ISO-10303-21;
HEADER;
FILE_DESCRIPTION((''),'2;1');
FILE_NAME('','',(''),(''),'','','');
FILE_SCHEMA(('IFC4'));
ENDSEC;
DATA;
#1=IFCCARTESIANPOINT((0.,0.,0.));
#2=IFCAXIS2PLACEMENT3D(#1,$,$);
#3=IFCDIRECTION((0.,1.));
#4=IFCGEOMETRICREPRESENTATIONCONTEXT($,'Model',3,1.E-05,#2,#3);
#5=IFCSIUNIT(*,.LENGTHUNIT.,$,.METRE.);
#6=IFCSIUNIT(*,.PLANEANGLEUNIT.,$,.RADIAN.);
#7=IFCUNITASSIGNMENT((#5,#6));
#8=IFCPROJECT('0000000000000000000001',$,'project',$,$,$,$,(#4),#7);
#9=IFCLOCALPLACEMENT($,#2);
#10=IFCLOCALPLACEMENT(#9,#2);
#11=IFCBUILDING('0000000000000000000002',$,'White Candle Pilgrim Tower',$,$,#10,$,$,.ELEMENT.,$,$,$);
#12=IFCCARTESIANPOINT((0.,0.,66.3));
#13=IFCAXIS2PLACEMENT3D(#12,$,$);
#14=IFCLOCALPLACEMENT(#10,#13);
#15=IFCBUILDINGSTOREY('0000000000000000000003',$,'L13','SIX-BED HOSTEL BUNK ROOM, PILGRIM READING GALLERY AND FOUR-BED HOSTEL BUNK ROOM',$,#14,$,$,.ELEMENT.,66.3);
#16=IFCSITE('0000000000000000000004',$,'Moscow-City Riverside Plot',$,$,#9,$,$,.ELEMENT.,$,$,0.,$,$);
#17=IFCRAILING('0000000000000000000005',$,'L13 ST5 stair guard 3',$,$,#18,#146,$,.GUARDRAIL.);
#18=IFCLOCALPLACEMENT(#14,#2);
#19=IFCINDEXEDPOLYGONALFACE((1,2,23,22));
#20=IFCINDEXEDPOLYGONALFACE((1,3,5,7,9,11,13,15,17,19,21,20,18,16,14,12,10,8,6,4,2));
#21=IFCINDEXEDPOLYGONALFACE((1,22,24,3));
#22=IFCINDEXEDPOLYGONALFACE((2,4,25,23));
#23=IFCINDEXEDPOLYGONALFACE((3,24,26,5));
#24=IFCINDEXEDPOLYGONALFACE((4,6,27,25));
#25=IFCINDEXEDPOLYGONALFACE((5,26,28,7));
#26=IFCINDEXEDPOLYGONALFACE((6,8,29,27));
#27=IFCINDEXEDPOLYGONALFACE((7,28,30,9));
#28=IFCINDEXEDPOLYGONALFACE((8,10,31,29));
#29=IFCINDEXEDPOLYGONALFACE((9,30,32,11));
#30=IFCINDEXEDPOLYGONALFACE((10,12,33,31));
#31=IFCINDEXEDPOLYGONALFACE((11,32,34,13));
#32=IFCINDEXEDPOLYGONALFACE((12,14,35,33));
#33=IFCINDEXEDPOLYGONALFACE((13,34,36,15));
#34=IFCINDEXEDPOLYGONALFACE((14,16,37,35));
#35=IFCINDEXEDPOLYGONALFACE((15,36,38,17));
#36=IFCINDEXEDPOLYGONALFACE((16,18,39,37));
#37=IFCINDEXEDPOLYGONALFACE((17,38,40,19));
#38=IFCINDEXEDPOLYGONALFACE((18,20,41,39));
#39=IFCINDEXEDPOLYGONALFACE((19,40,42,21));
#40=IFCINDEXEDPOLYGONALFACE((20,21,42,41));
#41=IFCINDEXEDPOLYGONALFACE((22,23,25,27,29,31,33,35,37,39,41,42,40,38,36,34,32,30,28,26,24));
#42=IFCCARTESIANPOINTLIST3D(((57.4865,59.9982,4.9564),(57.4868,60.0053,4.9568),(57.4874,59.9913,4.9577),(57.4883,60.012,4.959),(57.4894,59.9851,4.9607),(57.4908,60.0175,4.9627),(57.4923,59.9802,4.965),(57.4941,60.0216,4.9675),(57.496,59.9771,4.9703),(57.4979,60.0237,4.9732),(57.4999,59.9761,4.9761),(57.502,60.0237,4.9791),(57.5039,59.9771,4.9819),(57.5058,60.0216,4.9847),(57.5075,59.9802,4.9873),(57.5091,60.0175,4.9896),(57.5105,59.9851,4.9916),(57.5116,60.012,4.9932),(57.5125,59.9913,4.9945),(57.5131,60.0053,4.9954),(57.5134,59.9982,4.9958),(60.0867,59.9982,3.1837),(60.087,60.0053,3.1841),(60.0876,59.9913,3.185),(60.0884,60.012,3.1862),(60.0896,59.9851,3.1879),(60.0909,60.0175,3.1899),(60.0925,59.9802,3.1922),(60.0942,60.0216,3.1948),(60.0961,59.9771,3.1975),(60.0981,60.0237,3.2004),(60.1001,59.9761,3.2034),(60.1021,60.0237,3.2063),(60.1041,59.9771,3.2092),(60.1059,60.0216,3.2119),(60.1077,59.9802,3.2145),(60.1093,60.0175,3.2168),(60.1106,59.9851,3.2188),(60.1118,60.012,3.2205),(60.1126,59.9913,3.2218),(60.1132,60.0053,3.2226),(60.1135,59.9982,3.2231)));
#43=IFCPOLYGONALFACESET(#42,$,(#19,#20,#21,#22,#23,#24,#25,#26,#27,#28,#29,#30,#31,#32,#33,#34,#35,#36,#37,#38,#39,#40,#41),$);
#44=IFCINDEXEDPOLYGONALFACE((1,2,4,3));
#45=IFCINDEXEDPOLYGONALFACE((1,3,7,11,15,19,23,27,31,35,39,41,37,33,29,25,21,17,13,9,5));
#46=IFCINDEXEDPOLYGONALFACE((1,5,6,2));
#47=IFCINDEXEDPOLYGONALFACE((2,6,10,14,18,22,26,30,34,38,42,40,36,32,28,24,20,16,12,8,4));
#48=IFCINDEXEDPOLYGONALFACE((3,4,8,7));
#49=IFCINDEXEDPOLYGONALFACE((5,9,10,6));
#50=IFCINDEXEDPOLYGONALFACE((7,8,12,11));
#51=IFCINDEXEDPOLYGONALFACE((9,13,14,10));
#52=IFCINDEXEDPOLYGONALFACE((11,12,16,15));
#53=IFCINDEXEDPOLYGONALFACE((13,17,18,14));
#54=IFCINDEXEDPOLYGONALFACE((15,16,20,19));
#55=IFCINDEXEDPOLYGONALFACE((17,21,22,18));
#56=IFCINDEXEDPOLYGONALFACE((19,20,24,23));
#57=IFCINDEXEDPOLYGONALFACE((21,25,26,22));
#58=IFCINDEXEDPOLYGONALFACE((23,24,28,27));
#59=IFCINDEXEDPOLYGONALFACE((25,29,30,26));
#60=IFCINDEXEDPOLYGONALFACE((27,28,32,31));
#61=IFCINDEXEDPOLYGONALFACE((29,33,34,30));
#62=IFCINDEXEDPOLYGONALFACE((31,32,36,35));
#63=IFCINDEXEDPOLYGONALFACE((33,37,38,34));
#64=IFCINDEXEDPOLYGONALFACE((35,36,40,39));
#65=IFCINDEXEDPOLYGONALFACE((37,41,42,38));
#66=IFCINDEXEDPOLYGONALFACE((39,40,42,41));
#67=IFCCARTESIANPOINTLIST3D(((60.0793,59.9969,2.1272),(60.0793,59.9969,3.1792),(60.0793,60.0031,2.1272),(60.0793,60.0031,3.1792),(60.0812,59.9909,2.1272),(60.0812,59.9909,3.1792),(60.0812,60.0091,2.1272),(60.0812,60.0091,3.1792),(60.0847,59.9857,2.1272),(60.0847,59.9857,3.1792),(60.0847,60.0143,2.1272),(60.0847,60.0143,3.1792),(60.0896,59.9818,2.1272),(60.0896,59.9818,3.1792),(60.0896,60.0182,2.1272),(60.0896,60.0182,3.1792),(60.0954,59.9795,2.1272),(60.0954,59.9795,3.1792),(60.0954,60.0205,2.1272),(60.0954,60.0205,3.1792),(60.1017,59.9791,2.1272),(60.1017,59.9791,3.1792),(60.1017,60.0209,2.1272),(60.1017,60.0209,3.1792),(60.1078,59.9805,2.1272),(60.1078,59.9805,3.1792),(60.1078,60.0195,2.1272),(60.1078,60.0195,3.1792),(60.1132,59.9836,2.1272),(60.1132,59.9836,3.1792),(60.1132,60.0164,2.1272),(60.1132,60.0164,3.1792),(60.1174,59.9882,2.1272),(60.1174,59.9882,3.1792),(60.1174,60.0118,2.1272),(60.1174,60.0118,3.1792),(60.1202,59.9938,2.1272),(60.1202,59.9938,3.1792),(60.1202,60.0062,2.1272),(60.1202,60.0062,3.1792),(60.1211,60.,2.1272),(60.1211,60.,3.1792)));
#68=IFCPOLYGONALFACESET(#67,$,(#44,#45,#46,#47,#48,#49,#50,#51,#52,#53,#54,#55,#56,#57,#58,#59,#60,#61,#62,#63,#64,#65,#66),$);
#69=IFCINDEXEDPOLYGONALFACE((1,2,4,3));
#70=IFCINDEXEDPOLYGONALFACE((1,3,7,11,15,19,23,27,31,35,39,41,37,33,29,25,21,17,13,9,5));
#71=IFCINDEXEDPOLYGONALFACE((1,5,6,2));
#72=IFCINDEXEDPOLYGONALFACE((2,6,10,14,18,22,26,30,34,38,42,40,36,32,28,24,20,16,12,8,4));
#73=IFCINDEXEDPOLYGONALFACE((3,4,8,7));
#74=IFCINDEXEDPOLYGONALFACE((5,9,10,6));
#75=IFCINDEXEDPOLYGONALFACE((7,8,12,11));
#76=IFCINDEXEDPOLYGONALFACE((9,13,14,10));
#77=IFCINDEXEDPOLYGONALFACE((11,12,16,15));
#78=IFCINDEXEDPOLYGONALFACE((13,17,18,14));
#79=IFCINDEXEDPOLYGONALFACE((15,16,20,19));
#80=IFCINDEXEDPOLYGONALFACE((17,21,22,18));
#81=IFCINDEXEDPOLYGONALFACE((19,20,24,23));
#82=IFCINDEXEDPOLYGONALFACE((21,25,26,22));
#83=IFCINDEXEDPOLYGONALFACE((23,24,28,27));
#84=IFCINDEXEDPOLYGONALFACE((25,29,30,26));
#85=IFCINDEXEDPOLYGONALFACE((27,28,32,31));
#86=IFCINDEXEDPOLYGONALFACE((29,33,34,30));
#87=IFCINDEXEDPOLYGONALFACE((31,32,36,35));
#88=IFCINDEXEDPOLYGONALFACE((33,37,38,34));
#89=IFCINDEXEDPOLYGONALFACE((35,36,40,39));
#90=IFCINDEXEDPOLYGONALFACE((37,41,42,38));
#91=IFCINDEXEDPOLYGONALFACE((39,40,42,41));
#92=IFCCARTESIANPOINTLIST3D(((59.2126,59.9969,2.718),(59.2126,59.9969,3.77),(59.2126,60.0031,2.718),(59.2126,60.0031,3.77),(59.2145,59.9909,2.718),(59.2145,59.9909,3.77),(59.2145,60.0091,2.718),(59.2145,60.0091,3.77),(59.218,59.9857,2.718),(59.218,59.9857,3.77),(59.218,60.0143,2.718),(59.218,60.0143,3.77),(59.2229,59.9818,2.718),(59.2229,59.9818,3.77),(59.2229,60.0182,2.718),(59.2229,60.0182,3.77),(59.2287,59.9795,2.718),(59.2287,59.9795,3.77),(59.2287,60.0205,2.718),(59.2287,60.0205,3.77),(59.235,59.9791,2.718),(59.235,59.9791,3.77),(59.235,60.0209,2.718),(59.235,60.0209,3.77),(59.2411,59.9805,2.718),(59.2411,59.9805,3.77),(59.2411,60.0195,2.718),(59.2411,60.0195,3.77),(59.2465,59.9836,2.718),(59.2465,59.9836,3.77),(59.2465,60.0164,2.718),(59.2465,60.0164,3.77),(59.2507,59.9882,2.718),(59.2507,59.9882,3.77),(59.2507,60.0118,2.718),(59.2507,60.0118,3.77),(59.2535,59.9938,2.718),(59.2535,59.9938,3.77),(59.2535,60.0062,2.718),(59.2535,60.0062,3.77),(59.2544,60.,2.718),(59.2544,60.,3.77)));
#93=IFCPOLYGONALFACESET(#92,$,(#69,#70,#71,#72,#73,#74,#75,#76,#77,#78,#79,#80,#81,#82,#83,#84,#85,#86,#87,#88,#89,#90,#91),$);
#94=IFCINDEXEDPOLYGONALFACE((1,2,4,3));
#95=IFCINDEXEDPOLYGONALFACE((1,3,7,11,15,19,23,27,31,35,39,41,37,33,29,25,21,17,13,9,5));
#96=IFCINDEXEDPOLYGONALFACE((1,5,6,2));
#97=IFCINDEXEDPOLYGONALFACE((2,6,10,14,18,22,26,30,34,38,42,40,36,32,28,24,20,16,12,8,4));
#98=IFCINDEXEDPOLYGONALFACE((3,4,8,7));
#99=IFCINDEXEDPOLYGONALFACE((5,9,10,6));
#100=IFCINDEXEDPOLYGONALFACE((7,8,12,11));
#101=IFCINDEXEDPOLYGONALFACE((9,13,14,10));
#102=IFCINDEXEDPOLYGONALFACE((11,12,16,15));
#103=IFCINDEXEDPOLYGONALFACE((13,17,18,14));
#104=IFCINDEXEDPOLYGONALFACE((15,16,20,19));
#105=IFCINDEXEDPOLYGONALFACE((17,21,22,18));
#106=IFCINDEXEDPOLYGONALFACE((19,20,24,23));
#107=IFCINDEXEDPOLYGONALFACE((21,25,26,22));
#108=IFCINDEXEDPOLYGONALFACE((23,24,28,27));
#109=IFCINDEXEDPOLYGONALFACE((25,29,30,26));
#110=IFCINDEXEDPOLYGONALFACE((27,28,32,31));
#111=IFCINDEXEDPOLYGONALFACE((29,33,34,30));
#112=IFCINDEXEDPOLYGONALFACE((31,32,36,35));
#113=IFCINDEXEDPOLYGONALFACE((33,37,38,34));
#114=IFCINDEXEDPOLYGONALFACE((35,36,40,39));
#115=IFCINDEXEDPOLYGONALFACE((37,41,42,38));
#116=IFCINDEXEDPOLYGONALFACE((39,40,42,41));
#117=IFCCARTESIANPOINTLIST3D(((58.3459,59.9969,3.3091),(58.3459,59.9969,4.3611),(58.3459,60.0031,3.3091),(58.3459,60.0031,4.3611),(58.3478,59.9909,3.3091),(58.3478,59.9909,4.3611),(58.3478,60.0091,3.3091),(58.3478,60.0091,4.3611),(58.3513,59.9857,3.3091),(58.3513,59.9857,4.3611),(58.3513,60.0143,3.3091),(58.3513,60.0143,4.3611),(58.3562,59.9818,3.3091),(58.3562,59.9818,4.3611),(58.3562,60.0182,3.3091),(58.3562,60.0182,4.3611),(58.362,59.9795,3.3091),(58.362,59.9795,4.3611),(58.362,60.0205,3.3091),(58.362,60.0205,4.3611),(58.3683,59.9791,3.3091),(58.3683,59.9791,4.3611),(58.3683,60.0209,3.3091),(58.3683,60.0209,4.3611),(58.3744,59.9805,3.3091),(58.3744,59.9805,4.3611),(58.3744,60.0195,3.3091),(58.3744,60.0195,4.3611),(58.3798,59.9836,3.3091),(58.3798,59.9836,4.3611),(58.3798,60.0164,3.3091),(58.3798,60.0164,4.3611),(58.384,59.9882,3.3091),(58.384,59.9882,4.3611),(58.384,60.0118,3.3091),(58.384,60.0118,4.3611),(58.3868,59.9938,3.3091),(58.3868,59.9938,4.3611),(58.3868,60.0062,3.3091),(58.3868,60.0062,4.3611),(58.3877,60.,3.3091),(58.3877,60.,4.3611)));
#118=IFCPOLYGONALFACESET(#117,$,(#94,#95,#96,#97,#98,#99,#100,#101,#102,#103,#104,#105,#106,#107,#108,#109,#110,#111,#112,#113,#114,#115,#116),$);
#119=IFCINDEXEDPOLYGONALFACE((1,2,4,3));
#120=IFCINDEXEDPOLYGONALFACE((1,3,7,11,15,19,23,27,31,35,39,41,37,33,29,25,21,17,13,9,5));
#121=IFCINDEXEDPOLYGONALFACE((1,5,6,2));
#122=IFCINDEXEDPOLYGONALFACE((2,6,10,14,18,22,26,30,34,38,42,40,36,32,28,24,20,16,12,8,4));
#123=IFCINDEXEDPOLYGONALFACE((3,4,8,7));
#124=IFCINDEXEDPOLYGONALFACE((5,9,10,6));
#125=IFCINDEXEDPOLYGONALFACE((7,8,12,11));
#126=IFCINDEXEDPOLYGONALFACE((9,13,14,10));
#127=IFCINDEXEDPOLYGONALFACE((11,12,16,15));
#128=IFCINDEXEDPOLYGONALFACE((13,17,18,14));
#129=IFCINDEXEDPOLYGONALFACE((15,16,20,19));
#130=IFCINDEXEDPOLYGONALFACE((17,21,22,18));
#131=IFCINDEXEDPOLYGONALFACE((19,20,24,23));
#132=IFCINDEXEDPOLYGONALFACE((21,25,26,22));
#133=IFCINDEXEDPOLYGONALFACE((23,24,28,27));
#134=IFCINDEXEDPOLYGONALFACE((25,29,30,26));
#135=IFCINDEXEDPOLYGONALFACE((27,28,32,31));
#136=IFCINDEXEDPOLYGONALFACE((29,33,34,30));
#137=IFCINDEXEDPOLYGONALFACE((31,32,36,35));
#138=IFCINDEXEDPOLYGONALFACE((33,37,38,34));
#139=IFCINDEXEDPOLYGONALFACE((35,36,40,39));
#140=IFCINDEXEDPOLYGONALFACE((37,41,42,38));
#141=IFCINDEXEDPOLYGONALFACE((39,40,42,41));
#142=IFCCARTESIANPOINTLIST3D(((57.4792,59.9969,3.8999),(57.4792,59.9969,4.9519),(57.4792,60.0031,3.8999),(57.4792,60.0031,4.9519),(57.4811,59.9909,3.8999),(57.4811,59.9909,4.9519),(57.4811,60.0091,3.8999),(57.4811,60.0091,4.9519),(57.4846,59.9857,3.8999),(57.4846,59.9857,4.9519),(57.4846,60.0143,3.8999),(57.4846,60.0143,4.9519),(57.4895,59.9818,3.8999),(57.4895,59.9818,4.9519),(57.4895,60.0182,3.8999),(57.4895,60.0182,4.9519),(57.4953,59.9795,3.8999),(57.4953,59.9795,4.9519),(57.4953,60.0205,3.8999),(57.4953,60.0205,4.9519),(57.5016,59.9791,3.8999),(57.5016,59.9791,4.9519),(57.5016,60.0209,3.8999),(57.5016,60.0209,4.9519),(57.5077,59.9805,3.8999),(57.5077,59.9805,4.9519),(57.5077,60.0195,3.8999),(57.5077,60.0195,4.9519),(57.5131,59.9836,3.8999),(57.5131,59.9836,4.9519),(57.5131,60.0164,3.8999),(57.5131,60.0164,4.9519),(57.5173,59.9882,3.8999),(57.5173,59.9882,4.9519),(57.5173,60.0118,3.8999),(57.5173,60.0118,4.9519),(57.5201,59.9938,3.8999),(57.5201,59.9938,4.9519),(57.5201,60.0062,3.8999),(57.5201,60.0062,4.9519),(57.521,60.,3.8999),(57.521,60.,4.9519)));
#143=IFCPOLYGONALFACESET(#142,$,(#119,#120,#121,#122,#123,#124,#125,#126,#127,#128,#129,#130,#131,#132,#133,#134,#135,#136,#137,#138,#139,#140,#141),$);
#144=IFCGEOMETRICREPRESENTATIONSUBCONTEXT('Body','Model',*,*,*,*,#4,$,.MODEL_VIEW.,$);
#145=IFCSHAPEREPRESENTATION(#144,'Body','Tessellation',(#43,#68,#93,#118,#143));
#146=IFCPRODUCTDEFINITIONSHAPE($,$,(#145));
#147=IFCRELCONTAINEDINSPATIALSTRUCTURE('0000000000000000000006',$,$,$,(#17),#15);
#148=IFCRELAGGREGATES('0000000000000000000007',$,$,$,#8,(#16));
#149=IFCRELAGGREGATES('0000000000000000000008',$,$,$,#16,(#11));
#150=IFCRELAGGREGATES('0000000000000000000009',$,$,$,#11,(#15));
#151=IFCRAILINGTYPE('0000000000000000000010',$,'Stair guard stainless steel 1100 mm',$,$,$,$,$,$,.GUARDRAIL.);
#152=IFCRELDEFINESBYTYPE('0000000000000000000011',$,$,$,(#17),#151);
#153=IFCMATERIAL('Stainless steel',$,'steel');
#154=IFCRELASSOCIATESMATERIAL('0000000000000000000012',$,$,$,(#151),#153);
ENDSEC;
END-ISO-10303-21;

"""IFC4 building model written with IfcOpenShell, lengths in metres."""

from ifc_helpers import new_model, si_unit, direction, frame, origin, origin_2d, place, context, subcontext, project, spatial, circle, extrude, material, type_object, element, save


model = new_model("IFC4")

# Units and contexts
model_context = context("Model", 3, precision=1e-05, world=origin(), true_north=direction((0.0, 1.0)))
body_context = subcontext(model_context, "Body", "Model", "MODEL_VIEW")
ifc_project = project(units=[si_unit("LENGTHUNIT", "METRE"), si_unit("PLANEANGLEUNIT", "RADIAN")], contexts=[model_context])

# Site, building, storey
site_placement = place(None, origin())
site = spatial("IfcSite", under=ifc_project, at=site_placement, Name="Moscow-City Riverside Plot", CompositionType="ELEMENT", RefElevation=0.0)
building_placement = place(site_placement, origin())
building = spatial("IfcBuilding", under=site, at=building_placement, Name="White Candle Pilgrim Tower", CompositionType="ELEMENT")
storey_placement = place(building_placement, frame((0.0, 0.0, 66.3)))
storey = spatial("IfcBuildingStorey", under=building, at=storey_placement, Name="L13", Description="SIX-BED HOSTEL BUNK ROOM, PILGRIM READING GALLERY AND FOUR-BED HOSTEL BUNK ROOM", CompositionType="ELEMENT", Elevation=66.3)

# Shared definitions
ifc_material_1 = material(Name="Stainless steel", Category="steel")

# Railing
railing_type_1 = type_object("IfcRailingType", Name="Stair guard stainless steel 1100 mm", PredefinedType="GUARDRAIL", material=ifc_material_1)
railing_1_placement = place(storey_placement, frame((60.1001, 60.0, 2.1272)))
element("IfcRailing", 1, at=railing_1_placement, inside=storey, type_object=railing_type_1, Name="L13 ST5 stair guard 3", PredefinedType="GUARDRAIL", context=body_context, shape_type="SweptSolid", body=[
    extrude(circle(Radius=0.0239, at=origin_2d()), frame((0.0, 0.0, 1.0762), z_axis=(-0.82624, 0.0, 0.563318), x_axis=(0.0, -1.0, 0.0)), (0.0, 0.0, 1.0), 3.147),
    extrude(circle(Radius=0.021, at=origin_2d()), origin(), (0.0, 0.0, 1.0), 1.052),
    extrude(circle(Radius=0.021, at=origin_2d()), frame((-0.8667, 0.0, 0.5908)), (0.0, 0.0, 1.0), 1.052),
    extrude(circle(Radius=0.021, at=origin_2d()), frame((-1.7334, 0.0, 1.1819)), (0.0, 0.0, 1.0), 1.052),
    extrude(circle(Radius=0.021, at=origin_2d()), frame((-2.6001, 0.0, 1.7727)), (0.0, 0.0, 1.0), 1.052),
])

save(model, "model.ifc")
